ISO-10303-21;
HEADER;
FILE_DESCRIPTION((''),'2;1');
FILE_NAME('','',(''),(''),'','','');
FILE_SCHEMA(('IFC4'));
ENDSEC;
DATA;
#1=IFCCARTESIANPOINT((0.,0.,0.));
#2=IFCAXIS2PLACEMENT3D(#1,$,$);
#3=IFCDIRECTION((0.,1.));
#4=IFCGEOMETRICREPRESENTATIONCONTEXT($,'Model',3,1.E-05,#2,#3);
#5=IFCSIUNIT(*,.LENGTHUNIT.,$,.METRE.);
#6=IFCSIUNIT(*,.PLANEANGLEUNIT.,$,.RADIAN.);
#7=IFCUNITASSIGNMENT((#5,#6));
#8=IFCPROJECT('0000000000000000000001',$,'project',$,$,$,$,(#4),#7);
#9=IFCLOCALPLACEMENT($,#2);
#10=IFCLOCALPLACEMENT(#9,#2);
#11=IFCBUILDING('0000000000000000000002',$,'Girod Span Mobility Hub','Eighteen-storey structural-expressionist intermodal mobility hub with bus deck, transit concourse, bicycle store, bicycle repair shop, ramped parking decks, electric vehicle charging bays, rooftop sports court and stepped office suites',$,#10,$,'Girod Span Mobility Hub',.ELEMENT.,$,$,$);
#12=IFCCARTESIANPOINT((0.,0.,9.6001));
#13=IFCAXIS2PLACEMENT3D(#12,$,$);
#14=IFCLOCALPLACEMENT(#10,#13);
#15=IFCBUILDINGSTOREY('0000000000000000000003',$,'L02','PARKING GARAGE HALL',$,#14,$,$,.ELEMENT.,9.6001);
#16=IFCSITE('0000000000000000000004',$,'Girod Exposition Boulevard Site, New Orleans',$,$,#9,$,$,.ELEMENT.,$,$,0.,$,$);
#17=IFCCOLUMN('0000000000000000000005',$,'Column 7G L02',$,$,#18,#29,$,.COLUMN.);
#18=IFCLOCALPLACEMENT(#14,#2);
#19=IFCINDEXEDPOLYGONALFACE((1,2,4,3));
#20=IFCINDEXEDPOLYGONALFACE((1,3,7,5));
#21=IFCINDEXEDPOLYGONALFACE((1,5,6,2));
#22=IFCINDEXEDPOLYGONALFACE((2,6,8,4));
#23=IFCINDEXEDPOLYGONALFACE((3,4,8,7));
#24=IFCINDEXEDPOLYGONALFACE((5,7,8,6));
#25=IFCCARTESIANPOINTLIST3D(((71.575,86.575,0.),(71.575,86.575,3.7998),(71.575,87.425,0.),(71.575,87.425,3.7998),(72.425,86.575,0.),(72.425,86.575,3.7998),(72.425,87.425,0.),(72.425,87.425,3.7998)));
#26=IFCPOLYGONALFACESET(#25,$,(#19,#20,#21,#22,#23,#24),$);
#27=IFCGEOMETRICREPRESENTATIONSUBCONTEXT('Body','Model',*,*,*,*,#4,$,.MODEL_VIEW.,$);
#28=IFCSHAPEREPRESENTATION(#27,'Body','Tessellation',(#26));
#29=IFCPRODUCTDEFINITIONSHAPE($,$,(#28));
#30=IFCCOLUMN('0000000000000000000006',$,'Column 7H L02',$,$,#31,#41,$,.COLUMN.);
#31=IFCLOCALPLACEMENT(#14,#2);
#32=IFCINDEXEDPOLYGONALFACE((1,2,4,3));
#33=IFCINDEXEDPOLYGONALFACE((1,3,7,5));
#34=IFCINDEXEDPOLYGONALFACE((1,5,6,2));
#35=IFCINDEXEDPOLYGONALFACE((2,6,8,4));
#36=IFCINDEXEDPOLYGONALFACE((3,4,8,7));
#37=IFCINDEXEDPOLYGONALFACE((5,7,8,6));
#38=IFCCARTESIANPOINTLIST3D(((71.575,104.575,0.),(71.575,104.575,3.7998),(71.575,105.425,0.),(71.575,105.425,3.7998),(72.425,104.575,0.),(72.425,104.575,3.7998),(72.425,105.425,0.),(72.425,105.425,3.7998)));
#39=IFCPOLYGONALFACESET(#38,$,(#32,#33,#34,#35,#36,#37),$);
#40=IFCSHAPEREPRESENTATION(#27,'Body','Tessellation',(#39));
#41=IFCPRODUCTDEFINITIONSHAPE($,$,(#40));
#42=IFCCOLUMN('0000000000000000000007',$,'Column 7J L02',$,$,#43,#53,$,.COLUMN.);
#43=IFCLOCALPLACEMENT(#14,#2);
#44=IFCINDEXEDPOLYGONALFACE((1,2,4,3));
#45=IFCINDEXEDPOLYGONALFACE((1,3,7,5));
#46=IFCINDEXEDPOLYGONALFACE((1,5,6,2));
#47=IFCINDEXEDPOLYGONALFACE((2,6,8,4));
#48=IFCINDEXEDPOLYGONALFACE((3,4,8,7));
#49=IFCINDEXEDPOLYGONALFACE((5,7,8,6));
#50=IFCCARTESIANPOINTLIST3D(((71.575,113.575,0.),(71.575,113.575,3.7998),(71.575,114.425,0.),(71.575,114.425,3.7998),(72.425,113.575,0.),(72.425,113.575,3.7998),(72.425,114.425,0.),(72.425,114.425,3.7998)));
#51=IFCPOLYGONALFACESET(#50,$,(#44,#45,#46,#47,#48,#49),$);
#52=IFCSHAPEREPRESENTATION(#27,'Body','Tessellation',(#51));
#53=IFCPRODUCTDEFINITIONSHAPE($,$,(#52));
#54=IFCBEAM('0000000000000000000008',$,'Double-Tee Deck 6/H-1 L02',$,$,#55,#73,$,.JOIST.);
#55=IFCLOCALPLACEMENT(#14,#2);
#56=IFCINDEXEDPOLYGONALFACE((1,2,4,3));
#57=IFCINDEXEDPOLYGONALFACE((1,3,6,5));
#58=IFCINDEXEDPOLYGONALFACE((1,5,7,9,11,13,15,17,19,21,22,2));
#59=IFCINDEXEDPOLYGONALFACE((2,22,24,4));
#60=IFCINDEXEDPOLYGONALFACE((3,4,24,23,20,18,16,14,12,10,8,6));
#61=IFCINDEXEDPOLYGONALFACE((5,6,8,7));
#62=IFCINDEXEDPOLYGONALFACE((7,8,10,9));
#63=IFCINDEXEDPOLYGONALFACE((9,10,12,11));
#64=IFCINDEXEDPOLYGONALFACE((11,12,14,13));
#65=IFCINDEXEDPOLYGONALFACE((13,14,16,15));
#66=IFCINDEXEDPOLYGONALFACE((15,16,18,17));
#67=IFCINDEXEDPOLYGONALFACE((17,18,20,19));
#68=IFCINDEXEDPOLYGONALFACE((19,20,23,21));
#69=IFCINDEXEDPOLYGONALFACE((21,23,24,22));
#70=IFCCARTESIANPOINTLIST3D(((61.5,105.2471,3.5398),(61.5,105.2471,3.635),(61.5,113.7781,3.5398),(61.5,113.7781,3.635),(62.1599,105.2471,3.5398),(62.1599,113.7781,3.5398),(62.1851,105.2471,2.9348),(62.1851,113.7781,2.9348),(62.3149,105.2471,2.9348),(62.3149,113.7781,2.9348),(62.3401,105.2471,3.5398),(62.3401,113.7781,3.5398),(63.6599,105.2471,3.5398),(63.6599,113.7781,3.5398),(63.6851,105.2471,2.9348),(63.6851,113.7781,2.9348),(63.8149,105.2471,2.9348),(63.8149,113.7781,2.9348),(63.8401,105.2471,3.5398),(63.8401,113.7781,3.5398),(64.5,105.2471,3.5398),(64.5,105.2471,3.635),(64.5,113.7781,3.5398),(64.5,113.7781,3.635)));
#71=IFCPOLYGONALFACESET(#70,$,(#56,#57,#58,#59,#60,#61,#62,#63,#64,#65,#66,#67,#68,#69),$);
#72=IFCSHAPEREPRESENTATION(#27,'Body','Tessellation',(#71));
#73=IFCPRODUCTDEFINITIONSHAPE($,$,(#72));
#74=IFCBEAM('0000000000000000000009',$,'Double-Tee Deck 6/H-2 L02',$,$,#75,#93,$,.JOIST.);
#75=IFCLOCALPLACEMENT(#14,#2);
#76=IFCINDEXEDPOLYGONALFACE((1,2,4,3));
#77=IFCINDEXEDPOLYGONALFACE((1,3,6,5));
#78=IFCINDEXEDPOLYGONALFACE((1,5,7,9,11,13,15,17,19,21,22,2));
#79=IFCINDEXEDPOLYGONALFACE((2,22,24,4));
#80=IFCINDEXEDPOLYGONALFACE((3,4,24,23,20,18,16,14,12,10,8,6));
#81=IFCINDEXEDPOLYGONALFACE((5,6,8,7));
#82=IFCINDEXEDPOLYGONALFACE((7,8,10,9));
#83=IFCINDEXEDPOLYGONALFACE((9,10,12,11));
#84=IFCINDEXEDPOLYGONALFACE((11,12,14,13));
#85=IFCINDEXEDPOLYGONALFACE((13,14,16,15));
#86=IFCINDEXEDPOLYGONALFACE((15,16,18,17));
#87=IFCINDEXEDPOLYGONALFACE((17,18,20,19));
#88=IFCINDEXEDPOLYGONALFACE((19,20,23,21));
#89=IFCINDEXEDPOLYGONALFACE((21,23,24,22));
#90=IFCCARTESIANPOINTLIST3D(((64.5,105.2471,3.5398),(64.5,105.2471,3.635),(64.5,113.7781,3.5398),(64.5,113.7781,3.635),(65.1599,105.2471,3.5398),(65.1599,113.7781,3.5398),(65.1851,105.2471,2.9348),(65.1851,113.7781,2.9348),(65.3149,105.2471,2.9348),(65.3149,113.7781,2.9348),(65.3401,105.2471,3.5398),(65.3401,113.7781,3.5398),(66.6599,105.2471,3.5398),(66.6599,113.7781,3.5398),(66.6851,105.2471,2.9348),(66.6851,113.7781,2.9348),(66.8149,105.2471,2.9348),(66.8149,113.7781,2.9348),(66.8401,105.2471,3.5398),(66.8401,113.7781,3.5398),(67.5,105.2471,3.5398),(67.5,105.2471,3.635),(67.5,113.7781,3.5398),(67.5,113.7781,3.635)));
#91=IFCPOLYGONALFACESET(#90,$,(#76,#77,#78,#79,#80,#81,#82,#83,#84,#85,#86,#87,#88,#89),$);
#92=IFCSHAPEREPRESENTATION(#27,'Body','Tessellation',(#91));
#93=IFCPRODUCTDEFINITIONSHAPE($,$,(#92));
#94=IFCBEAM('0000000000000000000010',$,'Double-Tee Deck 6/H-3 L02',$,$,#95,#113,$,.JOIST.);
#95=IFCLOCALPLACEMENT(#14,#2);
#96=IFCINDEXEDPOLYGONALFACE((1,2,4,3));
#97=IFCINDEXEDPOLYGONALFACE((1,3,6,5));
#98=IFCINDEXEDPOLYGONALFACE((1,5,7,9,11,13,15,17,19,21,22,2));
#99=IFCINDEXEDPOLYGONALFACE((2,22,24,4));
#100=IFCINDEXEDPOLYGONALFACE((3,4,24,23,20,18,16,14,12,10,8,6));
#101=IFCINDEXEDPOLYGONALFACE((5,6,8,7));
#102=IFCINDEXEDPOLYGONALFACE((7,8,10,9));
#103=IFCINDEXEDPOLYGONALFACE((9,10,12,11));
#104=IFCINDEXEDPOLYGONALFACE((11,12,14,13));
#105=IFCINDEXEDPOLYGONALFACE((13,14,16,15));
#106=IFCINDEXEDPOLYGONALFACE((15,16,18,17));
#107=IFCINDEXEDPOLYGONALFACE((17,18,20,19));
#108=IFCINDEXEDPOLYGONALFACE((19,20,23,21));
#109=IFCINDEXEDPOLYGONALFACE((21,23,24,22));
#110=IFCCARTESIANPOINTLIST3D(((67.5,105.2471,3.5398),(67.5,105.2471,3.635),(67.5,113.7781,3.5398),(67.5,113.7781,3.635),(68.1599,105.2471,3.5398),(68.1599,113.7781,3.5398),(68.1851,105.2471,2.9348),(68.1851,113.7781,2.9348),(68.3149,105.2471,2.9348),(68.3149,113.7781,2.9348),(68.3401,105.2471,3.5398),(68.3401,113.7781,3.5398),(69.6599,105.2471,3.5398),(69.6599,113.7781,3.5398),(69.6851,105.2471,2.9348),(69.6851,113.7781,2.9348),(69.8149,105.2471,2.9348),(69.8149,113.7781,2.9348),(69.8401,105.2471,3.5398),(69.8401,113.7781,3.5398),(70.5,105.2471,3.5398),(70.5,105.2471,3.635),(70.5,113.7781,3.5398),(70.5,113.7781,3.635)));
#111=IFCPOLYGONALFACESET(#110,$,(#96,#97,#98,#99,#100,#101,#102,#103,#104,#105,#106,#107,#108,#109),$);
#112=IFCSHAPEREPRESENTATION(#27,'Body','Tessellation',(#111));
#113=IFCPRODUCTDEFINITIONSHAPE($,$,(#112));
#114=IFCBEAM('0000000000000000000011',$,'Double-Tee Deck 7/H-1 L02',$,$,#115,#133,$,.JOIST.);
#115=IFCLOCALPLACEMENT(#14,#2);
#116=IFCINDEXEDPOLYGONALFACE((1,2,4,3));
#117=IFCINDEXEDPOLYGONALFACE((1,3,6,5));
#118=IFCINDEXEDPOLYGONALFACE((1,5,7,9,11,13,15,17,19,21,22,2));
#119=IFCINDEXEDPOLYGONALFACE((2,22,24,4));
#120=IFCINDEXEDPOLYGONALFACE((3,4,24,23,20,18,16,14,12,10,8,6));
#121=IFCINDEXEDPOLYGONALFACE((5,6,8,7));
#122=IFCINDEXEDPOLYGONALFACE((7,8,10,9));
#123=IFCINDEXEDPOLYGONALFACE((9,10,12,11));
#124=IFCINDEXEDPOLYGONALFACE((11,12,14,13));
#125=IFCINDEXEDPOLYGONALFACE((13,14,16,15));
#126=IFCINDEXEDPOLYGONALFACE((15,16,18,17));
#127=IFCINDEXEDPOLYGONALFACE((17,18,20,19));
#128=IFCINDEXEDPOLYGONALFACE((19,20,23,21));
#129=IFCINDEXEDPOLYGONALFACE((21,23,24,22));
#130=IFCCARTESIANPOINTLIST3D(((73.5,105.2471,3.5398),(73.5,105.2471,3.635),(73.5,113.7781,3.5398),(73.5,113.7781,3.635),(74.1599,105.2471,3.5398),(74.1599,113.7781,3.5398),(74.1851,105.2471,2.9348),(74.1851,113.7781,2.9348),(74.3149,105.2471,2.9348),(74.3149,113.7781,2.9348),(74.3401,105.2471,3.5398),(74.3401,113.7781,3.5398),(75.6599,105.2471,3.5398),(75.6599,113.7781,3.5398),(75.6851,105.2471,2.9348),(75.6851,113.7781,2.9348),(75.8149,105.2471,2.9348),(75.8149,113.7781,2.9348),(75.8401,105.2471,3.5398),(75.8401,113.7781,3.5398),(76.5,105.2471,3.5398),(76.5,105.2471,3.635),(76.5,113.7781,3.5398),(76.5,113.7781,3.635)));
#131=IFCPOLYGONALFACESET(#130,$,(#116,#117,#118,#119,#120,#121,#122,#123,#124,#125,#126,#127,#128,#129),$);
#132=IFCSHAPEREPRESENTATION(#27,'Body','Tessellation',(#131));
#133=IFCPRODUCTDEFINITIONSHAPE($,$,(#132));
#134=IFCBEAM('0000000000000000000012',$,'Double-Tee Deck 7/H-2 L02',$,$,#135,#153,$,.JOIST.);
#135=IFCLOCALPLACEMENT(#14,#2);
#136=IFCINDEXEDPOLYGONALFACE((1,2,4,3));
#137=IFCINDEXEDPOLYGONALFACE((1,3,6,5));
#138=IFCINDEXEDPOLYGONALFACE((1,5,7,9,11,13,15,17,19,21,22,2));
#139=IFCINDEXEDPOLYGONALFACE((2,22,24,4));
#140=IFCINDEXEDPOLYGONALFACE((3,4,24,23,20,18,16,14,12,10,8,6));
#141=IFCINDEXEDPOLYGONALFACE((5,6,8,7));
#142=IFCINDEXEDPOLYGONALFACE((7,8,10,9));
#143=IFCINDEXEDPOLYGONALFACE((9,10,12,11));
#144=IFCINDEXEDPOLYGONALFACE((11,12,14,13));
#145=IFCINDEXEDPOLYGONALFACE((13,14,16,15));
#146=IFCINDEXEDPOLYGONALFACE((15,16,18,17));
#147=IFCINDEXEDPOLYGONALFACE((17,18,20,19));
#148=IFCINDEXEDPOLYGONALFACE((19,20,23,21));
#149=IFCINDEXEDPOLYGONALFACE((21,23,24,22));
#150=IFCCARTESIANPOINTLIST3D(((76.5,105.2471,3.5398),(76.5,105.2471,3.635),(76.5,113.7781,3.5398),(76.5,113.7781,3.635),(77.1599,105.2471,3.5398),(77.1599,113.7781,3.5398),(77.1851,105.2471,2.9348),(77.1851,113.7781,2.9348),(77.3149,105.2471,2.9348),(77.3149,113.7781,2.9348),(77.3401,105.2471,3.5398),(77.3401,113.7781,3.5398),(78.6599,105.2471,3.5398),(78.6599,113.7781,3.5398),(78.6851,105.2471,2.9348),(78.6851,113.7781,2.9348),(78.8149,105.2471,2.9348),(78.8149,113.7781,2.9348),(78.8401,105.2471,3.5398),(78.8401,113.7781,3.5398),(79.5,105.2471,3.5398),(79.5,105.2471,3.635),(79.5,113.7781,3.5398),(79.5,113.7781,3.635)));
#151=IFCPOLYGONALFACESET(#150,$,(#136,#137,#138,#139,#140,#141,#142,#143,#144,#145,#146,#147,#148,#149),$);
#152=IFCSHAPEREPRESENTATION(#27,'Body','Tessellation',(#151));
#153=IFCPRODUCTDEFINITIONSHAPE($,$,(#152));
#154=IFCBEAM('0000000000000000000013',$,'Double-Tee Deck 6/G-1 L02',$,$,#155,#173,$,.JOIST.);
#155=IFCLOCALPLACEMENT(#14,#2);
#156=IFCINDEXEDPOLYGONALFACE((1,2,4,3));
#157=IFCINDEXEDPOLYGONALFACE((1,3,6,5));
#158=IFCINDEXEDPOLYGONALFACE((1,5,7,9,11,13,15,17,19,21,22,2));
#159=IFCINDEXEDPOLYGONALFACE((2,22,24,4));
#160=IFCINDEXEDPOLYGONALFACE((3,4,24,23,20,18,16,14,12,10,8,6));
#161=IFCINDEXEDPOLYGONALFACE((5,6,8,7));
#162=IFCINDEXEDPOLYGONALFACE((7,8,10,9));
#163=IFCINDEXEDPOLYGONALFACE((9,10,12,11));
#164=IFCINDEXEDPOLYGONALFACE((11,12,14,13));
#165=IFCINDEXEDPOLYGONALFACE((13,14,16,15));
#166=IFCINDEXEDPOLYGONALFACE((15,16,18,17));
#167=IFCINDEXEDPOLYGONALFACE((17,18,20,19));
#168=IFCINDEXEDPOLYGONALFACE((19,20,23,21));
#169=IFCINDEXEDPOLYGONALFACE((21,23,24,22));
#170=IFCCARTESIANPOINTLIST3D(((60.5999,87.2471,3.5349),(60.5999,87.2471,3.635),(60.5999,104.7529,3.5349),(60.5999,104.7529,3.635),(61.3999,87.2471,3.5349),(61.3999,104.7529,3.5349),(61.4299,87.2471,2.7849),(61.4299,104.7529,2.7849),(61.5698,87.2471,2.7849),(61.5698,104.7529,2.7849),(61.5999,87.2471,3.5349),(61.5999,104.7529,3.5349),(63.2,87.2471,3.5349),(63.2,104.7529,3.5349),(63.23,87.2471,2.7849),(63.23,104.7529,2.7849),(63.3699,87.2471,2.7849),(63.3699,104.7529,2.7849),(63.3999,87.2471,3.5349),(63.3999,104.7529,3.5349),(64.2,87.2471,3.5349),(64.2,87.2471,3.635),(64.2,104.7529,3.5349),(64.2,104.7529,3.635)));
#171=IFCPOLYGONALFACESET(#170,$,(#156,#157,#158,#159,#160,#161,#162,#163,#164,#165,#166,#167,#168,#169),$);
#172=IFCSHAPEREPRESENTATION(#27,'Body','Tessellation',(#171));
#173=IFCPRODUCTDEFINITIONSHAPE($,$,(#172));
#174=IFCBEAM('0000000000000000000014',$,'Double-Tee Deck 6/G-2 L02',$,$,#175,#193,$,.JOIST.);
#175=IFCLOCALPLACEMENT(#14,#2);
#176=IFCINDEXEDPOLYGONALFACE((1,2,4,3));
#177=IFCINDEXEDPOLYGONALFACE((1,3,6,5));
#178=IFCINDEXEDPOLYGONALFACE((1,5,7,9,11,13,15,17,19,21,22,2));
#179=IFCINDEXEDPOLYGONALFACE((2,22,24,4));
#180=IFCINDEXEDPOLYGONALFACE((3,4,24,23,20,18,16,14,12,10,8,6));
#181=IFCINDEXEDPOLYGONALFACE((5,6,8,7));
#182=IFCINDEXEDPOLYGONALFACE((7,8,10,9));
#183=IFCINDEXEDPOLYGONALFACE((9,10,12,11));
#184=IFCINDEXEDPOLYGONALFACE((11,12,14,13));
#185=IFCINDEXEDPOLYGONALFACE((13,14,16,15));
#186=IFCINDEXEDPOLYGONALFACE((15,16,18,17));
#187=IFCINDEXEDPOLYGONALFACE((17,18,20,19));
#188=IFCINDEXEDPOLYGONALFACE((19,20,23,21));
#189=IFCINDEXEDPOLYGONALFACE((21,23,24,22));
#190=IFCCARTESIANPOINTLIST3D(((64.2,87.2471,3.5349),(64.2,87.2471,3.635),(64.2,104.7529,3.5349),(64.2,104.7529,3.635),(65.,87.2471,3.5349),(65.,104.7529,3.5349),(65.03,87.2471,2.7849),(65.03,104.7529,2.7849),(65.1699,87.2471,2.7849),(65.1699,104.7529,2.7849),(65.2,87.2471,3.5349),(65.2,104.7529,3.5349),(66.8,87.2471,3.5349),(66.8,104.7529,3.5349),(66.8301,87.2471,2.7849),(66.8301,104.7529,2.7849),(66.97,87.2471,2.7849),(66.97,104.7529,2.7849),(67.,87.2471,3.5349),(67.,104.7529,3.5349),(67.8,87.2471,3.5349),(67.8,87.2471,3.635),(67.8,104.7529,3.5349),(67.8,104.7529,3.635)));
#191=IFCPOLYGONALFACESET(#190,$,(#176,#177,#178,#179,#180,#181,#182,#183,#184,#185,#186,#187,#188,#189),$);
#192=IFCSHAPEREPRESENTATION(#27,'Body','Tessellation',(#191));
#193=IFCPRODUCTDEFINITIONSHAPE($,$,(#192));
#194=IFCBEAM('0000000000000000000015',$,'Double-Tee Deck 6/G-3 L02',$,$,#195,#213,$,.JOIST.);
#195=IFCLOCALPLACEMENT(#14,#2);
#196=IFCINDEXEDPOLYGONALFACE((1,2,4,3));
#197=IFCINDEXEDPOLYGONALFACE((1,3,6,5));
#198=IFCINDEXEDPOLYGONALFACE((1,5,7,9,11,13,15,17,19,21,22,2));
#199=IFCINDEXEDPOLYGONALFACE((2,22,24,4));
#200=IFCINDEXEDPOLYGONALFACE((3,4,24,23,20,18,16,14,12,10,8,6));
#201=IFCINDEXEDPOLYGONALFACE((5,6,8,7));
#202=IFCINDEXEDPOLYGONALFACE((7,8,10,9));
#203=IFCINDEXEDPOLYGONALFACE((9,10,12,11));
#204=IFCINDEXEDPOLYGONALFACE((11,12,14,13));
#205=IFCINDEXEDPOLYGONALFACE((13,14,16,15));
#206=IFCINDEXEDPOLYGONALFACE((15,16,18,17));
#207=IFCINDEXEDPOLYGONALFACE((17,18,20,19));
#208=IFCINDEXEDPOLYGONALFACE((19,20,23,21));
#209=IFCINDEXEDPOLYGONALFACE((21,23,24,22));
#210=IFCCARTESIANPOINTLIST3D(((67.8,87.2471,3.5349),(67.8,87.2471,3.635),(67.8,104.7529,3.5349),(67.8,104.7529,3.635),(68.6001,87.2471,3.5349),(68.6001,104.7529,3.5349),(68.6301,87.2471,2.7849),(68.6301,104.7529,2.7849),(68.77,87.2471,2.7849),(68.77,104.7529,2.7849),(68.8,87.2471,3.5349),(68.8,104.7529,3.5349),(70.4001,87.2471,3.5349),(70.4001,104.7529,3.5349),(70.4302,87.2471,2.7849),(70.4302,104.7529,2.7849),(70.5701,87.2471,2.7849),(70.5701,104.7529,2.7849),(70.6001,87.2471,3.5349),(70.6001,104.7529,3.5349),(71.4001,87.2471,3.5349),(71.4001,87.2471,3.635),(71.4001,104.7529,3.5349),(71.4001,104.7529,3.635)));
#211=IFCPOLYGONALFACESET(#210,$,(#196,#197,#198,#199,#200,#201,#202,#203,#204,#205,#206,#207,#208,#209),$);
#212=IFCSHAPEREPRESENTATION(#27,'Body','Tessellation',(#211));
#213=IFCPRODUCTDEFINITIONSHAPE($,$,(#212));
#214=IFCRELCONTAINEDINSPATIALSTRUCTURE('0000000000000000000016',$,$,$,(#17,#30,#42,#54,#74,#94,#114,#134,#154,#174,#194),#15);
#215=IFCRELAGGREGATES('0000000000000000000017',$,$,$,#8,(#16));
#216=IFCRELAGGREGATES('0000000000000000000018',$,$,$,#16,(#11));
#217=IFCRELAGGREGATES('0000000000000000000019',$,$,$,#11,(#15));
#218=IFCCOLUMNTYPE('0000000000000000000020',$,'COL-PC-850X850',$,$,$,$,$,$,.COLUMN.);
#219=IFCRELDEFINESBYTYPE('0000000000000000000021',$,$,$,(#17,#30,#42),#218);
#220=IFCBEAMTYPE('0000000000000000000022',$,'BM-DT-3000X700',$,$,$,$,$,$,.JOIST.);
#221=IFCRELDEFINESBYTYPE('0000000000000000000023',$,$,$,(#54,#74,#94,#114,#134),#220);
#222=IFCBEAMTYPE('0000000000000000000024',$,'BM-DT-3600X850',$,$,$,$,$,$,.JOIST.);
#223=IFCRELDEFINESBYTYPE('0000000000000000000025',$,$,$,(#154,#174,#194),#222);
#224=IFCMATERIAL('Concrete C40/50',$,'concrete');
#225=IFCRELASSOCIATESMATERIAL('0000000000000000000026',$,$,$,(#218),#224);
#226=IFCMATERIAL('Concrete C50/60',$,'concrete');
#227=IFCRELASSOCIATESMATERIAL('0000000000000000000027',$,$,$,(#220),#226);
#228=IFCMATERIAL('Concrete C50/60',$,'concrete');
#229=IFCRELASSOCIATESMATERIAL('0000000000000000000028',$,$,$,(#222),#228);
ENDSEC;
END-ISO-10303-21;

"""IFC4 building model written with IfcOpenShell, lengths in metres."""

from ifc_helpers import new_model, si_unit, direction, frame, origin, origin_2d, place, context, subcontext, project, spatial, polyline, rectangle, outline, extrude, material, material_profile, profile_set, type_object, element, save


model = new_model("IFC4")

# Units and contexts
model_context = context("Model", 3, precision=1e-05, world=origin(), true_north=direction((0.0, 1.0)))
body_context = subcontext(model_context, "Body", "Model", "MODEL_VIEW")
ifc_project = project(units=[si_unit("LENGTHUNIT", "METRE"), si_unit("PLANEANGLEUNIT", "RADIAN")], contexts=[model_context])

# Site, building, storey
site_placement = place(None, origin())
site = spatial("IfcSite", under=ifc_project, at=site_placement, Name="Girod Exposition Boulevard Site, New Orleans", CompositionType="ELEMENT", RefElevation=0.0)
building_placement = place(site_placement, origin())
building = spatial("IfcBuilding", under=site, at=building_placement, Name="Girod Span Mobility Hub", Description="Eighteen-storey structural-expressionist intermodal mobility hub with bus deck, transit concourse, bicycle store, bicycle repair shop, ramped parking decks, electric vehicle charging bays, rooftop sports court and stepped office suites", LongName="Girod Span Mobility Hub", CompositionType="ELEMENT")
storey_placement = place(building_placement, frame((0.0, 0.0, 9.6001)))
storey = spatial("IfcBuildingStorey", under=building, at=storey_placement, Name="L02", Description="PARKING GARAGE HALL", CompositionType="ELEMENT", Elevation=9.6001)

# Columns
ifc_material_1 = material(Name="Concrete C40/50", Category="concrete")
ifc_material_profile_1 = material_profile(ifc_material_1, rectangle(XDim=0.8501, YDim=0.8501, at=origin_2d()), Name="PC-COL-850X850")
ifc_profile_set_1 = profile_set([ifc_material_profile_1], Name="Concrete C40/50")
column_type = type_object("IfcColumnType", Name="COL-PC-850X850", PredefinedType="COLUMN", material=ifc_profile_set_1)
for number, where, z_axis, x_axis, name in (
    (1, (72.0, 87.0, 0.0), (0.0, 0.0, 1.0), (1.0, 0.0, 0.0), "Column 7G L02"),
    (2, (72.0, 105.0, 0.0), (0.0, 0.0, 1.0), (1.0, 0.0, 0.0), "Column 7H L02"),
    (3, (72.0, 114.0, 0.0), (0.0, 0.0, 1.0), (1.0, 0.0, 0.0), "Column 7J L02"),
):
    element("IfcColumn", number, at=place(storey_placement, frame(where, z_axis=z_axis, x_axis=x_axis)), inside=storey, type_object=column_type, Name=name, PredefinedType="COLUMN", context=body_context, shape_type="SweptSolid", body=[
        extrude(rectangle(XDim=0.8501, YDim=0.8501, at=origin_2d()), origin(), (0.0, 0.0, 1.0), 3.7998),
    ])

# Beams
ifc_material_2 = material(Name="Concrete C50/60", Category="concrete")
ifc_material_profile_2 = material_profile(ifc_material_2, outline(polyline([(-1.5, 0.3501), (-1.5, 0.2549), (-0.8401, 0.2549), (-0.8149, -0.3501), (-0.6851, -0.3501), (-0.6599, 0.2549), (0.6599, 0.2549), (0.6851, -0.3501), (0.8149, -0.3501), (0.8401, 0.2549), (1.5, 0.2549), (1.5, 0.3501), (-1.5, 0.3501)])), Name="DT-3000X700")
ifc_profile_set_2 = profile_set([ifc_material_profile_2], Name="Concrete C50/60")
beam_type_1 = type_object("IfcBeamType", Name="BM-DT-3000X700", PredefinedType="JOIST", material=ifc_profile_set_2)
for number, where, z_axis, x_axis, name in (
    (4, (63.0, 105.2471, 3.2849), (0.0, 1.0, 0.0), (-1.0, 0.0, 0.0), "Double-Tee Deck 6/H-1 L02"),
    (5, (66.0, 105.2471, 3.2849), (0.0, 1.0, 0.0), (-1.0, 0.0, 0.0), "Double-Tee Deck 6/H-2 L02"),
    (6, (69.0, 105.2471, 3.2849), (0.0, 1.0, 0.0), (-1.0, 0.0, 0.0), "Double-Tee Deck 6/H-3 L02"),
    (7, (75.0, 105.2471, 3.2849), (0.0, 1.0, 0.0), (-1.0, 0.0, 0.0), "Double-Tee Deck 7/H-1 L02"),
    (8, (78.0, 105.2471, 3.2849), (0.0, 1.0, 0.0), (-1.0, 0.0, 0.0), "Double-Tee Deck 7/H-2 L02"),
):
    element("IfcBeam", number, at=place(storey_placement, frame(where, z_axis=z_axis, x_axis=x_axis)), inside=storey, type_object=beam_type_1, Name=name, PredefinedType="JOIST", context=body_context, shape_type="SweptSolid", body=[
        extrude(outline(polyline([(-1.5, 0.3501), (-1.5, 0.2549), (-0.8401, 0.2549), (-0.8149, -0.3501), (-0.6851, -0.3501), (-0.6599, 0.2549), (0.6599, 0.2549), (0.6851, -0.3501), (0.8149, -0.3501), (0.8401, 0.2549), (1.5, 0.2549), (1.5, 0.3501), (-1.5, 0.3501)])), origin(), (0.0, 0.0, 1.0), 8.531),
    ])
ifc_material_3 = material(Name="Concrete C50/60", Category="concrete")
ifc_material_profile_3 = material_profile(ifc_material_3, outline(polyline([(-1.8, 0.425), (-1.8, 0.325), (-1.0, 0.325), (-0.97, -0.425), (-0.8301, -0.425), (-0.8, 0.325), (0.8, 0.325), (0.8301, -0.425), (0.97, -0.425), (1.0, 0.325), (1.8, 0.325), (1.8, 0.425), (-1.8, 0.425)])), Name="DT-3600X850")
ifc_profile_set_3 = profile_set([ifc_material_profile_3], Name="Concrete C50/60")
beam_type_2 = type_object("IfcBeamType", Name="BM-DT-3600X850", PredefinedType="JOIST", material=ifc_profile_set_3)
for number, where, z_axis, x_axis, name in (
    (9, (62.3999, 87.2471, 3.21), (0.0, 1.0, 0.0), (-1.0, 0.0, 0.0), "Double-Tee Deck 6/G-1 L02"),
    (10, (66.0, 87.2471, 3.21), (0.0, 1.0, 0.0), (-1.0, 0.0, 0.0), "Double-Tee Deck 6/G-2 L02"),
    (11, (69.6001, 87.2471, 3.21), (0.0, 1.0, 0.0), (-1.0, 0.0, 0.0), "Double-Tee Deck 6/G-3 L02"),
):
    element("IfcBeam", number, at=place(storey_placement, frame(where, z_axis=z_axis, x_axis=x_axis)), inside=storey, type_object=beam_type_2, Name=name, PredefinedType="JOIST", context=body_context, shape_type="SweptSolid", body=[
        extrude(outline(polyline([(-1.8, 0.425), (-1.8, 0.325), (-1.0, 0.325), (-0.97, -0.425), (-0.8301, -0.425), (-0.8, 0.325), (0.8, 0.325), (0.8301, -0.425), (0.97, -0.425), (1.0, 0.325), (1.8, 0.325), (1.8, 0.425), (-1.8, 0.425)])), origin(), (0.0, 0.0, 1.0), 17.5059),
    ])

save(model, "model.ifc")
